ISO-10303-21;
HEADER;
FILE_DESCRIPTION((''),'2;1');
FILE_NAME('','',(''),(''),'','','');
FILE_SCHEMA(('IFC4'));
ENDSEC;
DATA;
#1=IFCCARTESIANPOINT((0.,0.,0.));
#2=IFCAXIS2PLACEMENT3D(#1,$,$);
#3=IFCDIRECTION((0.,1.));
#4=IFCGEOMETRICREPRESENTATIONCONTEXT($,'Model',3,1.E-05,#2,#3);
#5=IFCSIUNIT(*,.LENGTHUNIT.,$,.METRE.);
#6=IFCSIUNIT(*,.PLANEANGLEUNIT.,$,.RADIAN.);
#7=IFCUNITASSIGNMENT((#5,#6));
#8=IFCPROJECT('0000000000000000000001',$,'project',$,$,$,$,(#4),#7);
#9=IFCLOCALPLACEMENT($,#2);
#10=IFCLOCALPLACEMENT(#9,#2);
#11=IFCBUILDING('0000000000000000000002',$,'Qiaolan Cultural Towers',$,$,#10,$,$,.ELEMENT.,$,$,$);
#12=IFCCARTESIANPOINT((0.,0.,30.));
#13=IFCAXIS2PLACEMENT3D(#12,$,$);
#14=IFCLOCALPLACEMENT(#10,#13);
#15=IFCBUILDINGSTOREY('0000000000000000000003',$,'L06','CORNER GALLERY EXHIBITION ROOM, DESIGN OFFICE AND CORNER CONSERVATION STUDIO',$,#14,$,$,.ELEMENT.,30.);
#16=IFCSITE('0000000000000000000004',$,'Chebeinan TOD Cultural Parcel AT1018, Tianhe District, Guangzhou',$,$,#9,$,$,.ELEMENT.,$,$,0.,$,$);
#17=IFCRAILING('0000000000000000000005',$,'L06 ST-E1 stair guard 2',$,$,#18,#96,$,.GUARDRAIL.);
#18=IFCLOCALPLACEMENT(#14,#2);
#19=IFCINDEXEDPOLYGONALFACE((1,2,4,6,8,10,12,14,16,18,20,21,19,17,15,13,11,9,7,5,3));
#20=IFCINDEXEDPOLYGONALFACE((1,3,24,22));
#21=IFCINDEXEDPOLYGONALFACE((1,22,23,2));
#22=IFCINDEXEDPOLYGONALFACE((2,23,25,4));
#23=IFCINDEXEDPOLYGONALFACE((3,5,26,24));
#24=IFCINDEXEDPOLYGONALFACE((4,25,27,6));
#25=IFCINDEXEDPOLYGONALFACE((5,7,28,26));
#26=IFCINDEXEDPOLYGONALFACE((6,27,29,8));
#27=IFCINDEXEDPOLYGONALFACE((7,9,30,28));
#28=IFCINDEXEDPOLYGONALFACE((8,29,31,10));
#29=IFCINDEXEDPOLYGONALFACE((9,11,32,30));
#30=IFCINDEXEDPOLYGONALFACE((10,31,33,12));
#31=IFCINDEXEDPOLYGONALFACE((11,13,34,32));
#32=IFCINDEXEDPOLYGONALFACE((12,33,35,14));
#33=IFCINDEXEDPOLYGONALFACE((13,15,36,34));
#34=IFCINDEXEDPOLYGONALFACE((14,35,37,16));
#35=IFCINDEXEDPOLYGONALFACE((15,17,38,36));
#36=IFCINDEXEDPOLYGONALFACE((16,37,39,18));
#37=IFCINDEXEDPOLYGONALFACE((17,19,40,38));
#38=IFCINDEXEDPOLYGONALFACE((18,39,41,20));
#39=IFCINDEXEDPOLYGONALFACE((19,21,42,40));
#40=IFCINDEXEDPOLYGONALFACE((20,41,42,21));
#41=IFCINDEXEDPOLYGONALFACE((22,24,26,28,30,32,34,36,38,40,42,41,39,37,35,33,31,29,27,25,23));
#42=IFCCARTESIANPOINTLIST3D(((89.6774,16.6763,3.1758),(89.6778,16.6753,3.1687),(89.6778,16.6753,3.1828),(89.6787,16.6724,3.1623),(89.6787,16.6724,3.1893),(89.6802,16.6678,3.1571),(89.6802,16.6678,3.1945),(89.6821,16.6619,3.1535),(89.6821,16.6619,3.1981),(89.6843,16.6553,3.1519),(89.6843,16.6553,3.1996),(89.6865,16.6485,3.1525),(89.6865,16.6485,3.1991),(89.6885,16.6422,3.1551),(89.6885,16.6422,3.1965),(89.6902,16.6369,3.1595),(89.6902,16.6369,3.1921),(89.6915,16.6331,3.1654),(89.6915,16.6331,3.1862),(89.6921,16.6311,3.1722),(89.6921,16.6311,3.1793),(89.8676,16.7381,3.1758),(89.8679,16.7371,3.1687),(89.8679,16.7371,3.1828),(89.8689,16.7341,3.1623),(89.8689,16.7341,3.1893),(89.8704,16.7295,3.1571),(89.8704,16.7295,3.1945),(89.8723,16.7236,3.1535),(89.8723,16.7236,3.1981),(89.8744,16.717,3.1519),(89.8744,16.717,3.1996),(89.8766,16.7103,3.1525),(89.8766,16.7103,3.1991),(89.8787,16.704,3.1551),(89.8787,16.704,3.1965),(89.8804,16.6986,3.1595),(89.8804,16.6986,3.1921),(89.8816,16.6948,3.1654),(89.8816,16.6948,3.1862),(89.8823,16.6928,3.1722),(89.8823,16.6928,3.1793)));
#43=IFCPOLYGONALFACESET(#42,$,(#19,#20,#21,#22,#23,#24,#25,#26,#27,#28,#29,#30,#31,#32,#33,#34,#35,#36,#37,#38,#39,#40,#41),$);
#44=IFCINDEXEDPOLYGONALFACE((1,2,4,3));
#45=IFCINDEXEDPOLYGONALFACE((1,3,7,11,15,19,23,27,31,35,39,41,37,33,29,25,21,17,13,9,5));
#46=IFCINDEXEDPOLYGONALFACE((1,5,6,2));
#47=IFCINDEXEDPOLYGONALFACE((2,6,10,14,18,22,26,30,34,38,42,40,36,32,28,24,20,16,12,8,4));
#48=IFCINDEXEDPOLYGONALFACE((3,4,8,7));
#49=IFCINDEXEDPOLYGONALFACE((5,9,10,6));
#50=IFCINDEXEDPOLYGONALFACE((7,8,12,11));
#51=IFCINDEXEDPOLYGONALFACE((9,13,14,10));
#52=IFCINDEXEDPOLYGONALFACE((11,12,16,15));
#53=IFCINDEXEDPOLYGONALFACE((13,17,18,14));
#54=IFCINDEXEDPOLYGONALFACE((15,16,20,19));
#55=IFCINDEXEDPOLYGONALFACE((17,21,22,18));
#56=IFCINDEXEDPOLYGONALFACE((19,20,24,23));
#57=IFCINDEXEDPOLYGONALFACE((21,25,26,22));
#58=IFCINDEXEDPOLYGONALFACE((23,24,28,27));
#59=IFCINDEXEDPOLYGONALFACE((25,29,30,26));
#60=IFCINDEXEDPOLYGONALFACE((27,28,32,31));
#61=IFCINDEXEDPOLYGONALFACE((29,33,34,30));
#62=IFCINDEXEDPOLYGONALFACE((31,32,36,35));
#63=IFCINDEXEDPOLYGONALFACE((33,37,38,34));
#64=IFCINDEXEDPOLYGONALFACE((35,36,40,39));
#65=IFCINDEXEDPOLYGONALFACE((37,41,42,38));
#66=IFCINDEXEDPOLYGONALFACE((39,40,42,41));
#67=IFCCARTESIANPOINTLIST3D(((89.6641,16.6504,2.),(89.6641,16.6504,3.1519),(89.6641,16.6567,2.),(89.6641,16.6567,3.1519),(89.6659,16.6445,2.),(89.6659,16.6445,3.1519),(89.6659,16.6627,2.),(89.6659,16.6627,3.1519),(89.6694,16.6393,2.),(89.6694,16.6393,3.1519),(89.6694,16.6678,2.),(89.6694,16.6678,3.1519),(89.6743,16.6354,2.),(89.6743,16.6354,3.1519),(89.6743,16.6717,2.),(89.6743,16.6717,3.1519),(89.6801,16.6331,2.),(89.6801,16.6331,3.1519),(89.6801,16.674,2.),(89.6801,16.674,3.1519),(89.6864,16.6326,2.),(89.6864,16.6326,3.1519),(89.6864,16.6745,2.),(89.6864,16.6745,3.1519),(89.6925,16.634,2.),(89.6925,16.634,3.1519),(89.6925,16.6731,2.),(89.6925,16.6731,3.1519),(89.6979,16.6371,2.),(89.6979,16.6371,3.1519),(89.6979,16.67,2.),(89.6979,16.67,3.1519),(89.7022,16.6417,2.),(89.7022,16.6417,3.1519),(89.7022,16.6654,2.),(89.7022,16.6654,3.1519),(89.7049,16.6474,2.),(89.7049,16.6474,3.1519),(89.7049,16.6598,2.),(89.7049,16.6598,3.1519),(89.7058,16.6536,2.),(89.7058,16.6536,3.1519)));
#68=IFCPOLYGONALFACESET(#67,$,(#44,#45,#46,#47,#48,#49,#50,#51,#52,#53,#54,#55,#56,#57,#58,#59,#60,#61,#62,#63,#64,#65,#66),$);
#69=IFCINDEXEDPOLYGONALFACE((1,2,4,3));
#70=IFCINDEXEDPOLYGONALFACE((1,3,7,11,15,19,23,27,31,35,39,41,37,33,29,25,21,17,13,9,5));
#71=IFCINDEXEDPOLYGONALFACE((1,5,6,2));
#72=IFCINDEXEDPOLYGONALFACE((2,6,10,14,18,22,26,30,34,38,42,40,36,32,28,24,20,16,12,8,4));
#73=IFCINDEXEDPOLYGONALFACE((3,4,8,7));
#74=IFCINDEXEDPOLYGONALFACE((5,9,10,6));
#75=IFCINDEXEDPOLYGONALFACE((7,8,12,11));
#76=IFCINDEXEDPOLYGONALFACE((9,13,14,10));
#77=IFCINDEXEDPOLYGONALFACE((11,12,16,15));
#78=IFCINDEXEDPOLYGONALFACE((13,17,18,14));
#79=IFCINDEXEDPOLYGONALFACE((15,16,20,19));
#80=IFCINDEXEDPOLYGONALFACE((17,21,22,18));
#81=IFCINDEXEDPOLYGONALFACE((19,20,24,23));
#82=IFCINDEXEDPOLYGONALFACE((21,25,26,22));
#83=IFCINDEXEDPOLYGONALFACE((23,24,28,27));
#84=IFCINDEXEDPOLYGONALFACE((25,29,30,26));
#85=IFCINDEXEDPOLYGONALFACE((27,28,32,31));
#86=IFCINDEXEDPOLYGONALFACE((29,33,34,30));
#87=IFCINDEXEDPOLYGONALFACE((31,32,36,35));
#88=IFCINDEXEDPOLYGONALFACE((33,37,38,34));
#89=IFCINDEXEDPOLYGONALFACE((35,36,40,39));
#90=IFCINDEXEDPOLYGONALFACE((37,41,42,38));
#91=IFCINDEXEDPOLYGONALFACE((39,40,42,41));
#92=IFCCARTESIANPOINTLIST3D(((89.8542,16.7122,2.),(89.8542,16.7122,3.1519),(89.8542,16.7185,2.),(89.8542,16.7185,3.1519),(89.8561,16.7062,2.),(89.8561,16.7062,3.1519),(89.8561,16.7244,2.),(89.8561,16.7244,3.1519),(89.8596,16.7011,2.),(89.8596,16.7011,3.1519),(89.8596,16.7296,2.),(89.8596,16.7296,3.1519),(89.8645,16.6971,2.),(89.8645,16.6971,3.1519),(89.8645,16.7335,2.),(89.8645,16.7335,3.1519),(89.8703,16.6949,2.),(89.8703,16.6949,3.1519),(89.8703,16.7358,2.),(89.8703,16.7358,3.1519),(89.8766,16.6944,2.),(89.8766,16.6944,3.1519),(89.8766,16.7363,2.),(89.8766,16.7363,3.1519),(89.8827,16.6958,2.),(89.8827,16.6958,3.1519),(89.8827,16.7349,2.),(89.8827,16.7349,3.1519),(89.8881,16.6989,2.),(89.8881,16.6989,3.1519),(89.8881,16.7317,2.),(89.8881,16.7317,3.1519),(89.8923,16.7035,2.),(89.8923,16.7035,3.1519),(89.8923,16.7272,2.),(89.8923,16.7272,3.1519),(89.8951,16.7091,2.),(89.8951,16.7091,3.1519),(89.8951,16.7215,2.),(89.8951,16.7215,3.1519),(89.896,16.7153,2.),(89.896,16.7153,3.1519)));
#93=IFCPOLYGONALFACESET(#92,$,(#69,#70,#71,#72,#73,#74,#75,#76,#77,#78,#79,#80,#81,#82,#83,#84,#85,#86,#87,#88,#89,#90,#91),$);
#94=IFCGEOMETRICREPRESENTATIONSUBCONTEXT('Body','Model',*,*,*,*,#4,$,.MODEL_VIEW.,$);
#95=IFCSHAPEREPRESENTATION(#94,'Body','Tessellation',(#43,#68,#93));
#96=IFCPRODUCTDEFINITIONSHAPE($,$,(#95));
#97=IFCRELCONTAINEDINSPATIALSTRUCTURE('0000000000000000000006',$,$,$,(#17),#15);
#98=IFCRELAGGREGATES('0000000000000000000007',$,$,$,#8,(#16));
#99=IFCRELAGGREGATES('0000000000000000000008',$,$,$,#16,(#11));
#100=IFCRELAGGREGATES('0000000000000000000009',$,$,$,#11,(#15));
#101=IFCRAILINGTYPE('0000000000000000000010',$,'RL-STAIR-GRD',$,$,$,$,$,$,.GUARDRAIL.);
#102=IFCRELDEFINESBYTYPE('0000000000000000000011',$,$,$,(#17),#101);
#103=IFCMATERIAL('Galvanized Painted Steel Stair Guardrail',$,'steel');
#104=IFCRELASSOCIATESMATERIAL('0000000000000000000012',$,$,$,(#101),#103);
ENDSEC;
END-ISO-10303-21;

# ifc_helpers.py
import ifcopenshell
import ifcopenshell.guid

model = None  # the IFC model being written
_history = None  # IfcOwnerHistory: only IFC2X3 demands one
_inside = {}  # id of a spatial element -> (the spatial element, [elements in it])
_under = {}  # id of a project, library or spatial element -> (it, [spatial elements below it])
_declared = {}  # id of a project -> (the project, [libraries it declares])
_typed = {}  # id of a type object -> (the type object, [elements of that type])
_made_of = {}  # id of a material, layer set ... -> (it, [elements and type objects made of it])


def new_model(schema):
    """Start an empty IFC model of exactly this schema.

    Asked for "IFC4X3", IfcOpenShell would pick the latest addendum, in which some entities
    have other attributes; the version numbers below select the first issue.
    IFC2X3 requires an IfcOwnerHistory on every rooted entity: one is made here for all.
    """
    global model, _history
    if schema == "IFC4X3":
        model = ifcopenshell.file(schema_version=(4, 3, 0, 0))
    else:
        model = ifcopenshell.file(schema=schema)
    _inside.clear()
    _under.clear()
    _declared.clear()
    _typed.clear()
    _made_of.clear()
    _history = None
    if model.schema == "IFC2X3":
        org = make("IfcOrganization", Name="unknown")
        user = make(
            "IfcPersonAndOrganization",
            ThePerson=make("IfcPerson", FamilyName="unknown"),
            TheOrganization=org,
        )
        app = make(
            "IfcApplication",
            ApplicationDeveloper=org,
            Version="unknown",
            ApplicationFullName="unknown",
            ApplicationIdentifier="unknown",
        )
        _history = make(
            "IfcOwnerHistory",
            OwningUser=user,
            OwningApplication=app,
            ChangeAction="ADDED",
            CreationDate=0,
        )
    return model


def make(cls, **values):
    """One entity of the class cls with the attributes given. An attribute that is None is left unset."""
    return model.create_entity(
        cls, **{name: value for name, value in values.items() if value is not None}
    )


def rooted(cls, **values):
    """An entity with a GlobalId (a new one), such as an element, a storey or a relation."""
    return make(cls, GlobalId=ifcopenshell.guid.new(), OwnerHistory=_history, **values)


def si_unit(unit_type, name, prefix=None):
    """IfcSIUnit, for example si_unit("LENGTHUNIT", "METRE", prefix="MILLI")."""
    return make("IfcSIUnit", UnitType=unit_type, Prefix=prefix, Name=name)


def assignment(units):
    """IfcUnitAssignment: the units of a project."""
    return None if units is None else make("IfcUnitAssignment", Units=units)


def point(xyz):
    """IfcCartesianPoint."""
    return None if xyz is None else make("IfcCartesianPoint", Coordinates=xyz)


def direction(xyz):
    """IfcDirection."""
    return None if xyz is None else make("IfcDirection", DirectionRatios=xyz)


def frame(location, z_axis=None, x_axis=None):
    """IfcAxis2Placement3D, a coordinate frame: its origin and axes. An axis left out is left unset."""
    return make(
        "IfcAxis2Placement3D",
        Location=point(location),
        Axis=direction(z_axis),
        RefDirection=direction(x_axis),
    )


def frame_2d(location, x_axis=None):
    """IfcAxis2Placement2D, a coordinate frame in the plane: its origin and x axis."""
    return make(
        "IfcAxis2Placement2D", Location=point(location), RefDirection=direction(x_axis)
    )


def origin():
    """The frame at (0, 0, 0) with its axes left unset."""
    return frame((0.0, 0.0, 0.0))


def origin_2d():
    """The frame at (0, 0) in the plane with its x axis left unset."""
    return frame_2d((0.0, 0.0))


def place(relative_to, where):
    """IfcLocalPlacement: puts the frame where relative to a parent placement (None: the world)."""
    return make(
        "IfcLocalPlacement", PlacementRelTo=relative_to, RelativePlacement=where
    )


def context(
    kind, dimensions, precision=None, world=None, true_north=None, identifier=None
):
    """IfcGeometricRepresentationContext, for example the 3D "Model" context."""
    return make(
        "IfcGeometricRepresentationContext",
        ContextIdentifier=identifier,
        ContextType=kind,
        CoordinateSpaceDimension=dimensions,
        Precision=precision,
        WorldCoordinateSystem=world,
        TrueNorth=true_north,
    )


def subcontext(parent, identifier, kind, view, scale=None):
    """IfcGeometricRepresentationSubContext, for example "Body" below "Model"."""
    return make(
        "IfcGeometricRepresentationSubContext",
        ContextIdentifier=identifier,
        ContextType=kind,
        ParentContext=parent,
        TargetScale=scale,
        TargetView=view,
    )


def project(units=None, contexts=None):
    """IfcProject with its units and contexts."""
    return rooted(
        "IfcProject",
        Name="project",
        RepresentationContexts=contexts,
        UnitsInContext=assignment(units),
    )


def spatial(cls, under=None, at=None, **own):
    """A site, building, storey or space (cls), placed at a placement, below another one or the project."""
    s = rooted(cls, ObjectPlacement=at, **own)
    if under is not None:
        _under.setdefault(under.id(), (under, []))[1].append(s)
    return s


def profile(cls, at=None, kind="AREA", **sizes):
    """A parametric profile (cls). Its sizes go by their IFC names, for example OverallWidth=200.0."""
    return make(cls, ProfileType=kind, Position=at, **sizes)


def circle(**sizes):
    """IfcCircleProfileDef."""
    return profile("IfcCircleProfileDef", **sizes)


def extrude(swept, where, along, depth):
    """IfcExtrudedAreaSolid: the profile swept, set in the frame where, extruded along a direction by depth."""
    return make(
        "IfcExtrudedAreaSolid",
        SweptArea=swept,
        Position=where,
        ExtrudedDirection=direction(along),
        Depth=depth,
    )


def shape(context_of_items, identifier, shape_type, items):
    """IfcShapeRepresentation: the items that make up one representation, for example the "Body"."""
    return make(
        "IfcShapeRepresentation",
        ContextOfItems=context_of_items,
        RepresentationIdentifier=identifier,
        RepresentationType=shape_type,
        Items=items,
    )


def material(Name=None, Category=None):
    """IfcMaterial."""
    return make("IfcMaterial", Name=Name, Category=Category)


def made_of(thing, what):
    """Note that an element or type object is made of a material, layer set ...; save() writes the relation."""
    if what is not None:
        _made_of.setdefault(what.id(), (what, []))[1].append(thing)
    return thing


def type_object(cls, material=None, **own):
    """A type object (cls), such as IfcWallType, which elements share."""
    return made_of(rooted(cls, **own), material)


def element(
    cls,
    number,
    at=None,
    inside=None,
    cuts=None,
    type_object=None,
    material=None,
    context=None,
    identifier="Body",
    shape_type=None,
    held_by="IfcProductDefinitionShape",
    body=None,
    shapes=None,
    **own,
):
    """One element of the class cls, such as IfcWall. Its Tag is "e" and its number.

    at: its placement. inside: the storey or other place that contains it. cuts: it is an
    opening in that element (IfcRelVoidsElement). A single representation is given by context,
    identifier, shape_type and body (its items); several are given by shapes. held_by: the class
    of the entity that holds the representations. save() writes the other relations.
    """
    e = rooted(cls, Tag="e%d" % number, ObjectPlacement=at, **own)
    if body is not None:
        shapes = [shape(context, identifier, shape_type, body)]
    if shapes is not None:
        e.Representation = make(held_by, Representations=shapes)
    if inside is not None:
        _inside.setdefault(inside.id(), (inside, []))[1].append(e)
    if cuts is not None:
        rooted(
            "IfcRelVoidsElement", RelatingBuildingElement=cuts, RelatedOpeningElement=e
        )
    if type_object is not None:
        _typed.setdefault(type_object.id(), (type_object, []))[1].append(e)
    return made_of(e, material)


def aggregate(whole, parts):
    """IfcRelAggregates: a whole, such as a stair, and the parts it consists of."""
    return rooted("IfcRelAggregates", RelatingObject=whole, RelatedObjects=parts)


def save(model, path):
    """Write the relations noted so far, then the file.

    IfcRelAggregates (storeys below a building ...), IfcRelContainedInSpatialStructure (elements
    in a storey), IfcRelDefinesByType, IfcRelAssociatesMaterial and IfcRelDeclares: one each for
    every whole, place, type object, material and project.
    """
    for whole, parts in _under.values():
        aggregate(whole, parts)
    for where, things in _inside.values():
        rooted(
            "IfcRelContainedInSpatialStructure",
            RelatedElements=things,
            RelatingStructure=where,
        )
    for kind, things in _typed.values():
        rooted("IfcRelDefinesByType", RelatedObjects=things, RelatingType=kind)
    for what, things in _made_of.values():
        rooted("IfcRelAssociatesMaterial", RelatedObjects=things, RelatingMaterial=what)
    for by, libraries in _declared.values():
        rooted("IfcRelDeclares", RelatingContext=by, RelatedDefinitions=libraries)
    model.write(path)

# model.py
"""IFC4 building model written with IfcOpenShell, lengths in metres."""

from ifc_helpers import new_model, si_unit, direction, frame, origin, origin_2d, place, context, subcontext, project, spatial, circle, extrude, material, type_object, element, save


model = new_model("IFC4")

# Units and contexts
model_context = context("Model", 3, precision=1e-05, world=origin(), true_north=direction((0.0, 1.0)))
body_context = subcontext(model_context, "Body", "Model", "MODEL_VIEW")
ifc_project = project(units=[si_unit("LENGTHUNIT", "METRE"), si_unit("PLANEANGLEUNIT", "RADIAN")], contexts=[model_context])

# Site, building, storey
site_placement = place(None, origin())
site = spatial("IfcSite", under=ifc_project, at=site_placement, Name="Chebeinan TOD Cultural Parcel AT1018, Tianhe District, Guangzhou", CompositionType="ELEMENT", RefElevation=0.0)
building_placement = place(site_placement, origin())
building = spatial("IfcBuilding", under=site, at=building_placement, Name="Qiaolan Cultural Towers", CompositionType="ELEMENT")
storey_placement = place(building_placement, frame((0.0, 0.0, 30.0)))
storey = spatial("IfcBuildingStorey", under=building, at=storey_placement, Name="L06", Description="CORNER GALLERY EXHIBITION ROOM, DESIGN OFFICE AND CORNER CONSERVATION STUDIO", CompositionType="ELEMENT", Elevation=30.0)

# Railing
ifc_material_1 = material(Name="Galvanized Painted Steel Stair Guardrail", Category="steel")
railing_type_1 = type_object("IfcRailingType", Name="RL-STAIR-GRD", PredefinedType="GUARDRAIL", material=ifc_material_1)
railing_1_placement = place(storey_placement, frame((89.6848, 16.6536, 2.0)))
element("IfcRailing", 1, at=railing_1_placement, inside=storey, type_object=railing_type_1, Name="L06 ST-E1 stair guard 2", PredefinedType="GUARDRAIL", context=body_context, shape_type="SweptSolid", body=[
    extrude(circle(Radius=0.0239, at=origin_2d()), frame((0.0, 0.0, 1.1758), z_axis=(0.951097, 0.308893, 0.0), x_axis=(-0.308893, 0.951097, 0.0)), (0.0, 0.0, 1.0), 0.2),
    extrude(circle(Radius=0.021, at=origin_2d()), origin(), (0.0, 0.0, 1.0), 1.1519),
    extrude(circle(Radius=0.021, at=origin_2d()), frame((0.1902, 0.0618, 0.0)), (0.0, 0.0, 1.0), 1.1519),
])

save(model, "model.ifc")
